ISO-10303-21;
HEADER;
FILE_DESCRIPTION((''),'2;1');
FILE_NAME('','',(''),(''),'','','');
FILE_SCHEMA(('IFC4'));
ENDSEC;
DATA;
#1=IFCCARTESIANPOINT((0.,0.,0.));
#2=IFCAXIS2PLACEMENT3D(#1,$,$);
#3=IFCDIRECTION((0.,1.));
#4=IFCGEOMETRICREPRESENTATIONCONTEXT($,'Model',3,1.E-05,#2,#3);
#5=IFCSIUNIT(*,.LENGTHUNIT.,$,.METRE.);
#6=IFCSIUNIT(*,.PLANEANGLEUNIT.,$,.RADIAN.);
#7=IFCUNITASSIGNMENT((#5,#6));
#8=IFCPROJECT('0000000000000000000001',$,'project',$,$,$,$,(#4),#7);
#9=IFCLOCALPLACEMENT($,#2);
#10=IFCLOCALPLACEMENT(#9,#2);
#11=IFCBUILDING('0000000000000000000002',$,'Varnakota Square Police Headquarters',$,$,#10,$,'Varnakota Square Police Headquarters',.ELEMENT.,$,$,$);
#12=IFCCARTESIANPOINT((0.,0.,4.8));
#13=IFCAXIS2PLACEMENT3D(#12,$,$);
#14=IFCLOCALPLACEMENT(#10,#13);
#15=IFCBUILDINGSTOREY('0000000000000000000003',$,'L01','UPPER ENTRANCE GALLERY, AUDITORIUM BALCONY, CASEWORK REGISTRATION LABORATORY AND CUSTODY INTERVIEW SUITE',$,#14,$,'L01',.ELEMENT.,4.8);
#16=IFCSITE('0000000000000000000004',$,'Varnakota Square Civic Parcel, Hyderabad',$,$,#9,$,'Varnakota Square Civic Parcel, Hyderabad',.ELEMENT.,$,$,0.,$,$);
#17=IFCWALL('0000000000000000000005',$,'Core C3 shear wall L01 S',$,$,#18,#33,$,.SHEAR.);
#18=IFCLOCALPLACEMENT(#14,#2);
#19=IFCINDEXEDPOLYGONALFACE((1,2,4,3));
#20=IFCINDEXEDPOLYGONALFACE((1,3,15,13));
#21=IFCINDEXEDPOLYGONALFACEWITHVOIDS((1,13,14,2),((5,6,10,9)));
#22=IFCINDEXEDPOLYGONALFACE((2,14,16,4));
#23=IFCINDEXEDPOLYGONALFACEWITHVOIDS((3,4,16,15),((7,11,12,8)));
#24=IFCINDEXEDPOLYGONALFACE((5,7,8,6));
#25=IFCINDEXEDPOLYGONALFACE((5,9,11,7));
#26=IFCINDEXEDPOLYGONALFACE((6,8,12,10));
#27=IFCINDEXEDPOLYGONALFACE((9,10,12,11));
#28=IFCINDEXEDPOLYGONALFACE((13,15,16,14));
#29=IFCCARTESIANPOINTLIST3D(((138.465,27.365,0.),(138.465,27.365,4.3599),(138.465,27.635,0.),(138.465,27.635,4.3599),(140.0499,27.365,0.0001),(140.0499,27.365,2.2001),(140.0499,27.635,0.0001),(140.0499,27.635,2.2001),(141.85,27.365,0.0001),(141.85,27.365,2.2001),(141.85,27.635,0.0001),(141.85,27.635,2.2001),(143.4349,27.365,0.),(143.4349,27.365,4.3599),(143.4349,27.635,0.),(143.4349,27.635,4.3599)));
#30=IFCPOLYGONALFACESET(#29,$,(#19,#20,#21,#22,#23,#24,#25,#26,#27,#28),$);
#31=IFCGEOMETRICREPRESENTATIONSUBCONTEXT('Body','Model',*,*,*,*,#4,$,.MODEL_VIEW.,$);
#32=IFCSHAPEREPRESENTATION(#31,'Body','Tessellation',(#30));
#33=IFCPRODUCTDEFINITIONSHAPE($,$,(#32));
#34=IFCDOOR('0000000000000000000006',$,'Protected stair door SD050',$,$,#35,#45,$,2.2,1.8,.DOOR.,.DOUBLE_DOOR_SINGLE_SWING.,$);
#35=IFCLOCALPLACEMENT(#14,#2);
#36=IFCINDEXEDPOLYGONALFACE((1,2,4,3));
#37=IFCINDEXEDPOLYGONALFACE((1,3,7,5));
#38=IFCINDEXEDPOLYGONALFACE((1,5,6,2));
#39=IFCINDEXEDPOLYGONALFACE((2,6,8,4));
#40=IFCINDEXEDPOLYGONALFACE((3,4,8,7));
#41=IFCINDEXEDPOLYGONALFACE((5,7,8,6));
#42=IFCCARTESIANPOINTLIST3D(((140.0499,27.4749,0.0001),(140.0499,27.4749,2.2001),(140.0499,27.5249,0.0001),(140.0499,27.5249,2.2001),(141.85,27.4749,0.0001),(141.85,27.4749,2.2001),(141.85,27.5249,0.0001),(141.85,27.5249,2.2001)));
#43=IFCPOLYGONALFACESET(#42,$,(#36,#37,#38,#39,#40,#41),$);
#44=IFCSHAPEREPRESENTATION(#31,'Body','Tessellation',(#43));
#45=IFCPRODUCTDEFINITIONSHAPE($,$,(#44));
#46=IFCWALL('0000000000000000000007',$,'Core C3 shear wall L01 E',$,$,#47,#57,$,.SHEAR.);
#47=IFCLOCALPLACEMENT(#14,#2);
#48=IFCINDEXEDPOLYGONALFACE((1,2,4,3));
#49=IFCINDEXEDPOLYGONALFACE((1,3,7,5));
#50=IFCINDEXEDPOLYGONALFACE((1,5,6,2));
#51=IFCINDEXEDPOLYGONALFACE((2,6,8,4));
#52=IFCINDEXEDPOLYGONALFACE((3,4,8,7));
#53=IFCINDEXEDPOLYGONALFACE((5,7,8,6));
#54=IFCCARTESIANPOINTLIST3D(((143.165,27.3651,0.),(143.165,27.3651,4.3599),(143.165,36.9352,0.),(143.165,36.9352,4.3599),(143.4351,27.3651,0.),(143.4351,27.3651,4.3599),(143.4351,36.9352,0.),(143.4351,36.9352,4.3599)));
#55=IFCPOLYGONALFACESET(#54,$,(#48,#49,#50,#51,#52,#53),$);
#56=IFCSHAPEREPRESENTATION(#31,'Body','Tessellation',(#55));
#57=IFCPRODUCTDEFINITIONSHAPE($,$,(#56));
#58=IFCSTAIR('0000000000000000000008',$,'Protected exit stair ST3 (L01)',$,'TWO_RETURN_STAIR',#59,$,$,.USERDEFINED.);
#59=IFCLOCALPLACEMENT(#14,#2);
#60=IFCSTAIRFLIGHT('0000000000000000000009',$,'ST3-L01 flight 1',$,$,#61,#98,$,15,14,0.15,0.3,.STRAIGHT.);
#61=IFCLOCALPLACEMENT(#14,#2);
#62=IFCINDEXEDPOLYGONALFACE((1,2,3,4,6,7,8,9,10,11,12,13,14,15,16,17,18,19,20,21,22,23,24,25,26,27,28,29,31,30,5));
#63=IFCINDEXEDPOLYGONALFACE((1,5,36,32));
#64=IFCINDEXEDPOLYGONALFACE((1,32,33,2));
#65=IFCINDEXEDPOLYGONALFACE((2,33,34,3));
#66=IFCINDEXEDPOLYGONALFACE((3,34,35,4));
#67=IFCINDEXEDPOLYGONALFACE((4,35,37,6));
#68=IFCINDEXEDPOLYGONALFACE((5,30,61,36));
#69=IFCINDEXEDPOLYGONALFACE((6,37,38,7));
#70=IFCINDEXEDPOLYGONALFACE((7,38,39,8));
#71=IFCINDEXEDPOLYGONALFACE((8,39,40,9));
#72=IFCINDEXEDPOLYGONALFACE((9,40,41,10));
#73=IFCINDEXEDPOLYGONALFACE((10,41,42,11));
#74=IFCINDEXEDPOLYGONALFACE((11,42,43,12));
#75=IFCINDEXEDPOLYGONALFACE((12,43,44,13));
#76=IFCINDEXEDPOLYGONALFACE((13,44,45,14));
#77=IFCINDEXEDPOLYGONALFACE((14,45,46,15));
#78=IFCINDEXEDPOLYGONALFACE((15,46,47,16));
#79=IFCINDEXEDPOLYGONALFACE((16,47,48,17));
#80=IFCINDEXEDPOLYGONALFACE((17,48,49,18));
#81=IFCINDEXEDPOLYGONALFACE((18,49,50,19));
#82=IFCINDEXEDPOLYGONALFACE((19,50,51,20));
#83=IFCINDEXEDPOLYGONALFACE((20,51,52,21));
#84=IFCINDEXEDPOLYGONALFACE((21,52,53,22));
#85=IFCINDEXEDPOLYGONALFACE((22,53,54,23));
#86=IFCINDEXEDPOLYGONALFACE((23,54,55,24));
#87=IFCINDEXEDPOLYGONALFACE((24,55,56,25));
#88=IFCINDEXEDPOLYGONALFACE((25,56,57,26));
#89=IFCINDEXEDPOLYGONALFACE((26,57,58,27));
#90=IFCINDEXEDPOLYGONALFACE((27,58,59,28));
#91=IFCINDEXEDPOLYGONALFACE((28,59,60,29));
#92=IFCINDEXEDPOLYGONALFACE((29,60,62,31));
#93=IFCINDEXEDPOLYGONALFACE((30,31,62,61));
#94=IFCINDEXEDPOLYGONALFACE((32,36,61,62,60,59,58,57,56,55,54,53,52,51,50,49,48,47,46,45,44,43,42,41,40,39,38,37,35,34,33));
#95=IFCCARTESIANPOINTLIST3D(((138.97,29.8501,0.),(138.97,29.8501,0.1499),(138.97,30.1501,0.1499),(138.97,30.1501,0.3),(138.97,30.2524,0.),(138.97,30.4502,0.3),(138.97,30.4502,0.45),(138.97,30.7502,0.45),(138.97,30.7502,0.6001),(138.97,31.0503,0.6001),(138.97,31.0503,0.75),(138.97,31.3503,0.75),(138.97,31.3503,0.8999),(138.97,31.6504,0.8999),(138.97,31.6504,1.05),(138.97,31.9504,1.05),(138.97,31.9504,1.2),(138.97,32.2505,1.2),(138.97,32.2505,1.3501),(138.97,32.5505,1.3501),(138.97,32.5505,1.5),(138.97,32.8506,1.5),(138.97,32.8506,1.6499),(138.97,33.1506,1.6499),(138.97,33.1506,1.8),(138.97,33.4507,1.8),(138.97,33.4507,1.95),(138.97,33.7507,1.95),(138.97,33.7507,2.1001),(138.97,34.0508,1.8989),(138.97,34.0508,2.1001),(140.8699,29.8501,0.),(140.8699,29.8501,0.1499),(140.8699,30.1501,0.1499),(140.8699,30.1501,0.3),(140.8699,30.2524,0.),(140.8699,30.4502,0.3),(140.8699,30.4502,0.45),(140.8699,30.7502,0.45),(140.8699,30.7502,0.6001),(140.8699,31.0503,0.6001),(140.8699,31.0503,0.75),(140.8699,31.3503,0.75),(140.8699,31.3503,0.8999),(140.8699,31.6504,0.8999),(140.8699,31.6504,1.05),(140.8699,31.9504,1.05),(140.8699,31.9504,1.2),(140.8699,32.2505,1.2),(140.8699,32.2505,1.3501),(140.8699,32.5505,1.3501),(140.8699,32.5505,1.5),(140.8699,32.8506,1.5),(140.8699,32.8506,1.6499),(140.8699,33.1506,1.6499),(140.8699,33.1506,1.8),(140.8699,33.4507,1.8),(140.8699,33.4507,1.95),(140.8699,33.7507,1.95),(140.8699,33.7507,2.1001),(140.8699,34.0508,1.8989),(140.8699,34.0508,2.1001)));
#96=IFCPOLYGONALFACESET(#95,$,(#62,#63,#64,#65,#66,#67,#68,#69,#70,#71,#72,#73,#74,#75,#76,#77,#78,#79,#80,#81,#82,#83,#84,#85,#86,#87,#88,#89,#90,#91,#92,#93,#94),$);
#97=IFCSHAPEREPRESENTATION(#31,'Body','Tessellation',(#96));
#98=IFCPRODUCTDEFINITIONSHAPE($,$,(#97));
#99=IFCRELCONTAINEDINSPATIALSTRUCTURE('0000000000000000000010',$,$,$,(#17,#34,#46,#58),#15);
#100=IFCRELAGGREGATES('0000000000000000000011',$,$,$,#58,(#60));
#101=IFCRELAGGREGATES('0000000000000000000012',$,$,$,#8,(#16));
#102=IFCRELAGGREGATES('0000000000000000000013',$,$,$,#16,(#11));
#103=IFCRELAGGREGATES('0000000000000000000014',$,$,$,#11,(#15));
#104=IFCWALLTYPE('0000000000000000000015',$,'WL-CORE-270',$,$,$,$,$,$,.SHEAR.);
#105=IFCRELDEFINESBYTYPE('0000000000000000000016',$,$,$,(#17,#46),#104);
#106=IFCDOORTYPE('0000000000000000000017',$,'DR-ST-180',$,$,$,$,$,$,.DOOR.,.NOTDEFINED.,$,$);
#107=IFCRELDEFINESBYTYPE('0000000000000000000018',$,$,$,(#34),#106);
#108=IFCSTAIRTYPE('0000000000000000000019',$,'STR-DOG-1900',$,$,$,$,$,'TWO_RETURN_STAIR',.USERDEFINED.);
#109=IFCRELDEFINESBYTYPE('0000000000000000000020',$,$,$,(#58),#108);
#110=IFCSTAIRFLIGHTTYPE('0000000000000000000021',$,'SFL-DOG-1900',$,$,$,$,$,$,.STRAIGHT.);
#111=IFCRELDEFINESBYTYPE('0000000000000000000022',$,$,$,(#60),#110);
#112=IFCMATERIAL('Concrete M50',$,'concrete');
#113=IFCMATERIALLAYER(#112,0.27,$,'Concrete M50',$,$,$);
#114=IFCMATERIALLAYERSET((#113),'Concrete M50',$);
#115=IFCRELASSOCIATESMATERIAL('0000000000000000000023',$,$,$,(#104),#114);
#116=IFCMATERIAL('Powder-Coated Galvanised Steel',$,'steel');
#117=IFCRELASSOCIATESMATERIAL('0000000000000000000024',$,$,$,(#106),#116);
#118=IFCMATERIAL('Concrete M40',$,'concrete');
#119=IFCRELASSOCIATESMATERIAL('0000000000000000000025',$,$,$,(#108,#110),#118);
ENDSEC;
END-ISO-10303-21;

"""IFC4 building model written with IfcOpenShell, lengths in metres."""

from ifc_helpers import new_model, si_unit, direction, frame, frame_2d, origin, place, context, subcontext, project, spatial, polyline, rectangle, outline, extrude, material, layer, layer_set, type_object, element, fill, aggregate, save


model = new_model("IFC4")

# Units and contexts
model_context = context("Model", 3, precision=1e-05, world=origin(), true_north=direction((0.0, 1.0)))
body_context = subcontext(model_context, "Body", "Model", "MODEL_VIEW")
ifc_project = project(units=[si_unit("LENGTHUNIT", "METRE"), si_unit("PLANEANGLEUNIT", "RADIAN")], contexts=[model_context])

# Site, building, storey
site_placement = place(None, origin())
site = spatial("IfcSite", under=ifc_project, at=site_placement, Name="Varnakota Square Civic Parcel, Hyderabad", LongName="Varnakota Square Civic Parcel, Hyderabad", CompositionType="ELEMENT", RefElevation=0.0)
building_placement = place(site_placement, origin())
building = spatial("IfcBuilding", under=site, at=building_placement, Name="Varnakota Square Police Headquarters", LongName="Varnakota Square Police Headquarters", CompositionType="ELEMENT")
storey_placement = place(building_placement, frame((0.0, 0.0, 4.8)))
storey = spatial("IfcBuildingStorey", under=building, at=storey_placement, Name="L01", Description="UPPER ENTRANCE GALLERY, AUDITORIUM BALCONY, CASEWORK REGISTRATION LABORATORY AND CUSTODY INTERVIEW SUITE", LongName="L01", CompositionType="ELEMENT", Elevation=4.8)

# Wall, opening, door
ifc_material_1 = material(Name="Concrete M50", Category="concrete")
ifc_layer_1 = layer(ifc_material_1, 0.27, Name="Concrete M50")
ifc_layer_set_1 = layer_set([ifc_layer_1], Name="Concrete M50")
wall_type = type_object("IfcWallType", Name="WL-CORE-270", PredefinedType="SHEAR", material=ifc_layer_set_1)
wall_1_placement = place(storey_placement, frame((138.4651, 27.5, 0.0), z_axis=(0.0, 0.0, 1.0), x_axis=(1.0, 0.0, 0.0)))
wall_1 = element("IfcWall", 1, at=wall_1_placement, inside=storey, type_object=wall_type, Name="Core C3 shear wall L01 S", PredefinedType="SHEAR", context=body_context, shape_type="SweptSolid", body=[
    extrude(rectangle(XDim=4.97, YDim=0.27, at=frame_2d((2.4849, 0.0))), origin(), (0.0, 0.0, 1.0), 4.3599),
])
opening_placement = place(wall_1_placement, frame((1.585, 0.0, 0.0)))
opening = element("IfcOpeningElement", 2, at=opening_placement, cuts=wall_1, PredefinedType="OPENING", context=body_context, shape_type="SweptSolid", body=[
    extrude(rectangle(XDim=1.8, YDim=2.2, at=frame_2d((0.8999, 1.1001))), frame((0.0, 0.145, 0.0), z_axis=(0.0, -1.0, 0.0), x_axis=(1.0, 0.0, 0.0)), (0.0, 0.0, 1.0), 0.29),
])
ifc_material_2 = material(Name="Powder-Coated Galvanised Steel", Category="steel")
door_type = type_object("IfcDoorType", Name="DR-ST-180", OperationType="NOTDEFINED", PredefinedType="DOOR", material=ifc_material_2)
door_placement = place(opening_placement, origin())
door = element("IfcDoor", 3, at=door_placement, inside=storey, type_object=door_type, Name="Protected stair door SD050", OperationType="DOUBLE_DOOR_SINGLE_SWING", OverallHeight=2.2, OverallWidth=1.8, PredefinedType="DOOR", context=body_context, shape_type="SweptSolid", body=[
    extrude(rectangle(XDim=1.8, YDim=2.2, at=frame_2d((0.8999, 1.1001))), frame((0.0, 0.0249, 0.0), z_axis=(0.0, -1.0, 0.0), x_axis=(1.0, 0.0, 0.0)), (0.0, 0.0, 1.0), 0.05),
])
fill(opening, door)

# Wall
wall_2_placement = place(storey_placement, frame((143.3, 27.365, 0.0), z_axis=(0.0, 0.0, 1.0), x_axis=(0.0, 1.0, 0.0)))
element("IfcWall", 4, at=wall_2_placement, inside=storey, type_object=wall_type, Name="Core C3 shear wall L01 E", PredefinedType="SHEAR", context=body_context, shape_type="SweptSolid", body=[
    extrude(rectangle(XDim=9.5701, YDim=0.27, at=frame_2d((4.7852, 0.0))), origin(), (0.0, 0.0, 1.0), 4.3599),
])

# Stair, stair flight
ifc_material_3 = material(Name="Concrete M40", Category="concrete")
stair_type = type_object("IfcStairType", Name="STR-DOG-1900", ElementType="TWO_RETURN_STAIR", PredefinedType="USERDEFINED", material=ifc_material_3)
stair_placement = place(storey_placement, origin())
stair = element("IfcStair", 5, at=stair_placement, inside=storey, type_object=stair_type, Name="Protected exit stair ST3 (L01)", ObjectType="TWO_RETURN_STAIR", PredefinedType="USERDEFINED")
stair_flight_type = type_object("IfcStairFlightType", Name="SFL-DOG-1900", PredefinedType="STRAIGHT", material=ifc_material_3)
stair_flight_placement = place(storey_placement, frame((139.9199, 29.8501, 0.0), z_axis=(0.0, 0.0, 1.0), x_axis=(0.0, 1.0, 0.0)))
stair_flight = element("IfcStairFlight", 6, at=stair_flight_placement, type_object=stair_flight_type, Name="ST3-L01 flight 1", NumberOfRisers=15, NumberOfTreads=14, PredefinedType="STRAIGHT", RiserHeight=0.15, TreadLength=0.3, context=body_context, shape_type="SweptSolid", body=[
    extrude(outline(polyline([(0.0, 0.0), (0.0, 0.1499), (0.3, 0.1499), (0.3, 0.3), (0.6001, 0.3), (0.6001, 0.45), (0.9001, 0.45), (0.9001, 0.6001), (1.2002, 0.6001), (1.2002, 0.75), (1.5002, 0.75), (1.5002, 0.8999), (1.8003, 0.8999), (1.8003, 1.05), (2.1003, 1.05), (2.1003, 1.2), (2.4004, 1.2), (2.4004, 1.3501), (2.7004, 1.3501), (2.7004, 1.5), (3.0005, 1.5), (3.0005, 1.6499), (3.3005, 1.6499), (3.3005, 1.8), (3.6006, 1.8), (3.6006, 1.95), (3.9006, 1.95), (3.9006, 2.1001), (4.2007, 2.1001), (4.2007, 2.25), (4.2007, 1.8989), (0.4023, 0.0), (0.0, 0.0)])), frame((0.0, 0.95, 0.0), z_axis=(0.0, -1.0, 0.0), x_axis=(1.0, 0.0, 0.0)), (0.0, 0.0, 1.0), 1.8999),
])
aggregate(stair, [stair_flight])

save(model, "model.ifc")
